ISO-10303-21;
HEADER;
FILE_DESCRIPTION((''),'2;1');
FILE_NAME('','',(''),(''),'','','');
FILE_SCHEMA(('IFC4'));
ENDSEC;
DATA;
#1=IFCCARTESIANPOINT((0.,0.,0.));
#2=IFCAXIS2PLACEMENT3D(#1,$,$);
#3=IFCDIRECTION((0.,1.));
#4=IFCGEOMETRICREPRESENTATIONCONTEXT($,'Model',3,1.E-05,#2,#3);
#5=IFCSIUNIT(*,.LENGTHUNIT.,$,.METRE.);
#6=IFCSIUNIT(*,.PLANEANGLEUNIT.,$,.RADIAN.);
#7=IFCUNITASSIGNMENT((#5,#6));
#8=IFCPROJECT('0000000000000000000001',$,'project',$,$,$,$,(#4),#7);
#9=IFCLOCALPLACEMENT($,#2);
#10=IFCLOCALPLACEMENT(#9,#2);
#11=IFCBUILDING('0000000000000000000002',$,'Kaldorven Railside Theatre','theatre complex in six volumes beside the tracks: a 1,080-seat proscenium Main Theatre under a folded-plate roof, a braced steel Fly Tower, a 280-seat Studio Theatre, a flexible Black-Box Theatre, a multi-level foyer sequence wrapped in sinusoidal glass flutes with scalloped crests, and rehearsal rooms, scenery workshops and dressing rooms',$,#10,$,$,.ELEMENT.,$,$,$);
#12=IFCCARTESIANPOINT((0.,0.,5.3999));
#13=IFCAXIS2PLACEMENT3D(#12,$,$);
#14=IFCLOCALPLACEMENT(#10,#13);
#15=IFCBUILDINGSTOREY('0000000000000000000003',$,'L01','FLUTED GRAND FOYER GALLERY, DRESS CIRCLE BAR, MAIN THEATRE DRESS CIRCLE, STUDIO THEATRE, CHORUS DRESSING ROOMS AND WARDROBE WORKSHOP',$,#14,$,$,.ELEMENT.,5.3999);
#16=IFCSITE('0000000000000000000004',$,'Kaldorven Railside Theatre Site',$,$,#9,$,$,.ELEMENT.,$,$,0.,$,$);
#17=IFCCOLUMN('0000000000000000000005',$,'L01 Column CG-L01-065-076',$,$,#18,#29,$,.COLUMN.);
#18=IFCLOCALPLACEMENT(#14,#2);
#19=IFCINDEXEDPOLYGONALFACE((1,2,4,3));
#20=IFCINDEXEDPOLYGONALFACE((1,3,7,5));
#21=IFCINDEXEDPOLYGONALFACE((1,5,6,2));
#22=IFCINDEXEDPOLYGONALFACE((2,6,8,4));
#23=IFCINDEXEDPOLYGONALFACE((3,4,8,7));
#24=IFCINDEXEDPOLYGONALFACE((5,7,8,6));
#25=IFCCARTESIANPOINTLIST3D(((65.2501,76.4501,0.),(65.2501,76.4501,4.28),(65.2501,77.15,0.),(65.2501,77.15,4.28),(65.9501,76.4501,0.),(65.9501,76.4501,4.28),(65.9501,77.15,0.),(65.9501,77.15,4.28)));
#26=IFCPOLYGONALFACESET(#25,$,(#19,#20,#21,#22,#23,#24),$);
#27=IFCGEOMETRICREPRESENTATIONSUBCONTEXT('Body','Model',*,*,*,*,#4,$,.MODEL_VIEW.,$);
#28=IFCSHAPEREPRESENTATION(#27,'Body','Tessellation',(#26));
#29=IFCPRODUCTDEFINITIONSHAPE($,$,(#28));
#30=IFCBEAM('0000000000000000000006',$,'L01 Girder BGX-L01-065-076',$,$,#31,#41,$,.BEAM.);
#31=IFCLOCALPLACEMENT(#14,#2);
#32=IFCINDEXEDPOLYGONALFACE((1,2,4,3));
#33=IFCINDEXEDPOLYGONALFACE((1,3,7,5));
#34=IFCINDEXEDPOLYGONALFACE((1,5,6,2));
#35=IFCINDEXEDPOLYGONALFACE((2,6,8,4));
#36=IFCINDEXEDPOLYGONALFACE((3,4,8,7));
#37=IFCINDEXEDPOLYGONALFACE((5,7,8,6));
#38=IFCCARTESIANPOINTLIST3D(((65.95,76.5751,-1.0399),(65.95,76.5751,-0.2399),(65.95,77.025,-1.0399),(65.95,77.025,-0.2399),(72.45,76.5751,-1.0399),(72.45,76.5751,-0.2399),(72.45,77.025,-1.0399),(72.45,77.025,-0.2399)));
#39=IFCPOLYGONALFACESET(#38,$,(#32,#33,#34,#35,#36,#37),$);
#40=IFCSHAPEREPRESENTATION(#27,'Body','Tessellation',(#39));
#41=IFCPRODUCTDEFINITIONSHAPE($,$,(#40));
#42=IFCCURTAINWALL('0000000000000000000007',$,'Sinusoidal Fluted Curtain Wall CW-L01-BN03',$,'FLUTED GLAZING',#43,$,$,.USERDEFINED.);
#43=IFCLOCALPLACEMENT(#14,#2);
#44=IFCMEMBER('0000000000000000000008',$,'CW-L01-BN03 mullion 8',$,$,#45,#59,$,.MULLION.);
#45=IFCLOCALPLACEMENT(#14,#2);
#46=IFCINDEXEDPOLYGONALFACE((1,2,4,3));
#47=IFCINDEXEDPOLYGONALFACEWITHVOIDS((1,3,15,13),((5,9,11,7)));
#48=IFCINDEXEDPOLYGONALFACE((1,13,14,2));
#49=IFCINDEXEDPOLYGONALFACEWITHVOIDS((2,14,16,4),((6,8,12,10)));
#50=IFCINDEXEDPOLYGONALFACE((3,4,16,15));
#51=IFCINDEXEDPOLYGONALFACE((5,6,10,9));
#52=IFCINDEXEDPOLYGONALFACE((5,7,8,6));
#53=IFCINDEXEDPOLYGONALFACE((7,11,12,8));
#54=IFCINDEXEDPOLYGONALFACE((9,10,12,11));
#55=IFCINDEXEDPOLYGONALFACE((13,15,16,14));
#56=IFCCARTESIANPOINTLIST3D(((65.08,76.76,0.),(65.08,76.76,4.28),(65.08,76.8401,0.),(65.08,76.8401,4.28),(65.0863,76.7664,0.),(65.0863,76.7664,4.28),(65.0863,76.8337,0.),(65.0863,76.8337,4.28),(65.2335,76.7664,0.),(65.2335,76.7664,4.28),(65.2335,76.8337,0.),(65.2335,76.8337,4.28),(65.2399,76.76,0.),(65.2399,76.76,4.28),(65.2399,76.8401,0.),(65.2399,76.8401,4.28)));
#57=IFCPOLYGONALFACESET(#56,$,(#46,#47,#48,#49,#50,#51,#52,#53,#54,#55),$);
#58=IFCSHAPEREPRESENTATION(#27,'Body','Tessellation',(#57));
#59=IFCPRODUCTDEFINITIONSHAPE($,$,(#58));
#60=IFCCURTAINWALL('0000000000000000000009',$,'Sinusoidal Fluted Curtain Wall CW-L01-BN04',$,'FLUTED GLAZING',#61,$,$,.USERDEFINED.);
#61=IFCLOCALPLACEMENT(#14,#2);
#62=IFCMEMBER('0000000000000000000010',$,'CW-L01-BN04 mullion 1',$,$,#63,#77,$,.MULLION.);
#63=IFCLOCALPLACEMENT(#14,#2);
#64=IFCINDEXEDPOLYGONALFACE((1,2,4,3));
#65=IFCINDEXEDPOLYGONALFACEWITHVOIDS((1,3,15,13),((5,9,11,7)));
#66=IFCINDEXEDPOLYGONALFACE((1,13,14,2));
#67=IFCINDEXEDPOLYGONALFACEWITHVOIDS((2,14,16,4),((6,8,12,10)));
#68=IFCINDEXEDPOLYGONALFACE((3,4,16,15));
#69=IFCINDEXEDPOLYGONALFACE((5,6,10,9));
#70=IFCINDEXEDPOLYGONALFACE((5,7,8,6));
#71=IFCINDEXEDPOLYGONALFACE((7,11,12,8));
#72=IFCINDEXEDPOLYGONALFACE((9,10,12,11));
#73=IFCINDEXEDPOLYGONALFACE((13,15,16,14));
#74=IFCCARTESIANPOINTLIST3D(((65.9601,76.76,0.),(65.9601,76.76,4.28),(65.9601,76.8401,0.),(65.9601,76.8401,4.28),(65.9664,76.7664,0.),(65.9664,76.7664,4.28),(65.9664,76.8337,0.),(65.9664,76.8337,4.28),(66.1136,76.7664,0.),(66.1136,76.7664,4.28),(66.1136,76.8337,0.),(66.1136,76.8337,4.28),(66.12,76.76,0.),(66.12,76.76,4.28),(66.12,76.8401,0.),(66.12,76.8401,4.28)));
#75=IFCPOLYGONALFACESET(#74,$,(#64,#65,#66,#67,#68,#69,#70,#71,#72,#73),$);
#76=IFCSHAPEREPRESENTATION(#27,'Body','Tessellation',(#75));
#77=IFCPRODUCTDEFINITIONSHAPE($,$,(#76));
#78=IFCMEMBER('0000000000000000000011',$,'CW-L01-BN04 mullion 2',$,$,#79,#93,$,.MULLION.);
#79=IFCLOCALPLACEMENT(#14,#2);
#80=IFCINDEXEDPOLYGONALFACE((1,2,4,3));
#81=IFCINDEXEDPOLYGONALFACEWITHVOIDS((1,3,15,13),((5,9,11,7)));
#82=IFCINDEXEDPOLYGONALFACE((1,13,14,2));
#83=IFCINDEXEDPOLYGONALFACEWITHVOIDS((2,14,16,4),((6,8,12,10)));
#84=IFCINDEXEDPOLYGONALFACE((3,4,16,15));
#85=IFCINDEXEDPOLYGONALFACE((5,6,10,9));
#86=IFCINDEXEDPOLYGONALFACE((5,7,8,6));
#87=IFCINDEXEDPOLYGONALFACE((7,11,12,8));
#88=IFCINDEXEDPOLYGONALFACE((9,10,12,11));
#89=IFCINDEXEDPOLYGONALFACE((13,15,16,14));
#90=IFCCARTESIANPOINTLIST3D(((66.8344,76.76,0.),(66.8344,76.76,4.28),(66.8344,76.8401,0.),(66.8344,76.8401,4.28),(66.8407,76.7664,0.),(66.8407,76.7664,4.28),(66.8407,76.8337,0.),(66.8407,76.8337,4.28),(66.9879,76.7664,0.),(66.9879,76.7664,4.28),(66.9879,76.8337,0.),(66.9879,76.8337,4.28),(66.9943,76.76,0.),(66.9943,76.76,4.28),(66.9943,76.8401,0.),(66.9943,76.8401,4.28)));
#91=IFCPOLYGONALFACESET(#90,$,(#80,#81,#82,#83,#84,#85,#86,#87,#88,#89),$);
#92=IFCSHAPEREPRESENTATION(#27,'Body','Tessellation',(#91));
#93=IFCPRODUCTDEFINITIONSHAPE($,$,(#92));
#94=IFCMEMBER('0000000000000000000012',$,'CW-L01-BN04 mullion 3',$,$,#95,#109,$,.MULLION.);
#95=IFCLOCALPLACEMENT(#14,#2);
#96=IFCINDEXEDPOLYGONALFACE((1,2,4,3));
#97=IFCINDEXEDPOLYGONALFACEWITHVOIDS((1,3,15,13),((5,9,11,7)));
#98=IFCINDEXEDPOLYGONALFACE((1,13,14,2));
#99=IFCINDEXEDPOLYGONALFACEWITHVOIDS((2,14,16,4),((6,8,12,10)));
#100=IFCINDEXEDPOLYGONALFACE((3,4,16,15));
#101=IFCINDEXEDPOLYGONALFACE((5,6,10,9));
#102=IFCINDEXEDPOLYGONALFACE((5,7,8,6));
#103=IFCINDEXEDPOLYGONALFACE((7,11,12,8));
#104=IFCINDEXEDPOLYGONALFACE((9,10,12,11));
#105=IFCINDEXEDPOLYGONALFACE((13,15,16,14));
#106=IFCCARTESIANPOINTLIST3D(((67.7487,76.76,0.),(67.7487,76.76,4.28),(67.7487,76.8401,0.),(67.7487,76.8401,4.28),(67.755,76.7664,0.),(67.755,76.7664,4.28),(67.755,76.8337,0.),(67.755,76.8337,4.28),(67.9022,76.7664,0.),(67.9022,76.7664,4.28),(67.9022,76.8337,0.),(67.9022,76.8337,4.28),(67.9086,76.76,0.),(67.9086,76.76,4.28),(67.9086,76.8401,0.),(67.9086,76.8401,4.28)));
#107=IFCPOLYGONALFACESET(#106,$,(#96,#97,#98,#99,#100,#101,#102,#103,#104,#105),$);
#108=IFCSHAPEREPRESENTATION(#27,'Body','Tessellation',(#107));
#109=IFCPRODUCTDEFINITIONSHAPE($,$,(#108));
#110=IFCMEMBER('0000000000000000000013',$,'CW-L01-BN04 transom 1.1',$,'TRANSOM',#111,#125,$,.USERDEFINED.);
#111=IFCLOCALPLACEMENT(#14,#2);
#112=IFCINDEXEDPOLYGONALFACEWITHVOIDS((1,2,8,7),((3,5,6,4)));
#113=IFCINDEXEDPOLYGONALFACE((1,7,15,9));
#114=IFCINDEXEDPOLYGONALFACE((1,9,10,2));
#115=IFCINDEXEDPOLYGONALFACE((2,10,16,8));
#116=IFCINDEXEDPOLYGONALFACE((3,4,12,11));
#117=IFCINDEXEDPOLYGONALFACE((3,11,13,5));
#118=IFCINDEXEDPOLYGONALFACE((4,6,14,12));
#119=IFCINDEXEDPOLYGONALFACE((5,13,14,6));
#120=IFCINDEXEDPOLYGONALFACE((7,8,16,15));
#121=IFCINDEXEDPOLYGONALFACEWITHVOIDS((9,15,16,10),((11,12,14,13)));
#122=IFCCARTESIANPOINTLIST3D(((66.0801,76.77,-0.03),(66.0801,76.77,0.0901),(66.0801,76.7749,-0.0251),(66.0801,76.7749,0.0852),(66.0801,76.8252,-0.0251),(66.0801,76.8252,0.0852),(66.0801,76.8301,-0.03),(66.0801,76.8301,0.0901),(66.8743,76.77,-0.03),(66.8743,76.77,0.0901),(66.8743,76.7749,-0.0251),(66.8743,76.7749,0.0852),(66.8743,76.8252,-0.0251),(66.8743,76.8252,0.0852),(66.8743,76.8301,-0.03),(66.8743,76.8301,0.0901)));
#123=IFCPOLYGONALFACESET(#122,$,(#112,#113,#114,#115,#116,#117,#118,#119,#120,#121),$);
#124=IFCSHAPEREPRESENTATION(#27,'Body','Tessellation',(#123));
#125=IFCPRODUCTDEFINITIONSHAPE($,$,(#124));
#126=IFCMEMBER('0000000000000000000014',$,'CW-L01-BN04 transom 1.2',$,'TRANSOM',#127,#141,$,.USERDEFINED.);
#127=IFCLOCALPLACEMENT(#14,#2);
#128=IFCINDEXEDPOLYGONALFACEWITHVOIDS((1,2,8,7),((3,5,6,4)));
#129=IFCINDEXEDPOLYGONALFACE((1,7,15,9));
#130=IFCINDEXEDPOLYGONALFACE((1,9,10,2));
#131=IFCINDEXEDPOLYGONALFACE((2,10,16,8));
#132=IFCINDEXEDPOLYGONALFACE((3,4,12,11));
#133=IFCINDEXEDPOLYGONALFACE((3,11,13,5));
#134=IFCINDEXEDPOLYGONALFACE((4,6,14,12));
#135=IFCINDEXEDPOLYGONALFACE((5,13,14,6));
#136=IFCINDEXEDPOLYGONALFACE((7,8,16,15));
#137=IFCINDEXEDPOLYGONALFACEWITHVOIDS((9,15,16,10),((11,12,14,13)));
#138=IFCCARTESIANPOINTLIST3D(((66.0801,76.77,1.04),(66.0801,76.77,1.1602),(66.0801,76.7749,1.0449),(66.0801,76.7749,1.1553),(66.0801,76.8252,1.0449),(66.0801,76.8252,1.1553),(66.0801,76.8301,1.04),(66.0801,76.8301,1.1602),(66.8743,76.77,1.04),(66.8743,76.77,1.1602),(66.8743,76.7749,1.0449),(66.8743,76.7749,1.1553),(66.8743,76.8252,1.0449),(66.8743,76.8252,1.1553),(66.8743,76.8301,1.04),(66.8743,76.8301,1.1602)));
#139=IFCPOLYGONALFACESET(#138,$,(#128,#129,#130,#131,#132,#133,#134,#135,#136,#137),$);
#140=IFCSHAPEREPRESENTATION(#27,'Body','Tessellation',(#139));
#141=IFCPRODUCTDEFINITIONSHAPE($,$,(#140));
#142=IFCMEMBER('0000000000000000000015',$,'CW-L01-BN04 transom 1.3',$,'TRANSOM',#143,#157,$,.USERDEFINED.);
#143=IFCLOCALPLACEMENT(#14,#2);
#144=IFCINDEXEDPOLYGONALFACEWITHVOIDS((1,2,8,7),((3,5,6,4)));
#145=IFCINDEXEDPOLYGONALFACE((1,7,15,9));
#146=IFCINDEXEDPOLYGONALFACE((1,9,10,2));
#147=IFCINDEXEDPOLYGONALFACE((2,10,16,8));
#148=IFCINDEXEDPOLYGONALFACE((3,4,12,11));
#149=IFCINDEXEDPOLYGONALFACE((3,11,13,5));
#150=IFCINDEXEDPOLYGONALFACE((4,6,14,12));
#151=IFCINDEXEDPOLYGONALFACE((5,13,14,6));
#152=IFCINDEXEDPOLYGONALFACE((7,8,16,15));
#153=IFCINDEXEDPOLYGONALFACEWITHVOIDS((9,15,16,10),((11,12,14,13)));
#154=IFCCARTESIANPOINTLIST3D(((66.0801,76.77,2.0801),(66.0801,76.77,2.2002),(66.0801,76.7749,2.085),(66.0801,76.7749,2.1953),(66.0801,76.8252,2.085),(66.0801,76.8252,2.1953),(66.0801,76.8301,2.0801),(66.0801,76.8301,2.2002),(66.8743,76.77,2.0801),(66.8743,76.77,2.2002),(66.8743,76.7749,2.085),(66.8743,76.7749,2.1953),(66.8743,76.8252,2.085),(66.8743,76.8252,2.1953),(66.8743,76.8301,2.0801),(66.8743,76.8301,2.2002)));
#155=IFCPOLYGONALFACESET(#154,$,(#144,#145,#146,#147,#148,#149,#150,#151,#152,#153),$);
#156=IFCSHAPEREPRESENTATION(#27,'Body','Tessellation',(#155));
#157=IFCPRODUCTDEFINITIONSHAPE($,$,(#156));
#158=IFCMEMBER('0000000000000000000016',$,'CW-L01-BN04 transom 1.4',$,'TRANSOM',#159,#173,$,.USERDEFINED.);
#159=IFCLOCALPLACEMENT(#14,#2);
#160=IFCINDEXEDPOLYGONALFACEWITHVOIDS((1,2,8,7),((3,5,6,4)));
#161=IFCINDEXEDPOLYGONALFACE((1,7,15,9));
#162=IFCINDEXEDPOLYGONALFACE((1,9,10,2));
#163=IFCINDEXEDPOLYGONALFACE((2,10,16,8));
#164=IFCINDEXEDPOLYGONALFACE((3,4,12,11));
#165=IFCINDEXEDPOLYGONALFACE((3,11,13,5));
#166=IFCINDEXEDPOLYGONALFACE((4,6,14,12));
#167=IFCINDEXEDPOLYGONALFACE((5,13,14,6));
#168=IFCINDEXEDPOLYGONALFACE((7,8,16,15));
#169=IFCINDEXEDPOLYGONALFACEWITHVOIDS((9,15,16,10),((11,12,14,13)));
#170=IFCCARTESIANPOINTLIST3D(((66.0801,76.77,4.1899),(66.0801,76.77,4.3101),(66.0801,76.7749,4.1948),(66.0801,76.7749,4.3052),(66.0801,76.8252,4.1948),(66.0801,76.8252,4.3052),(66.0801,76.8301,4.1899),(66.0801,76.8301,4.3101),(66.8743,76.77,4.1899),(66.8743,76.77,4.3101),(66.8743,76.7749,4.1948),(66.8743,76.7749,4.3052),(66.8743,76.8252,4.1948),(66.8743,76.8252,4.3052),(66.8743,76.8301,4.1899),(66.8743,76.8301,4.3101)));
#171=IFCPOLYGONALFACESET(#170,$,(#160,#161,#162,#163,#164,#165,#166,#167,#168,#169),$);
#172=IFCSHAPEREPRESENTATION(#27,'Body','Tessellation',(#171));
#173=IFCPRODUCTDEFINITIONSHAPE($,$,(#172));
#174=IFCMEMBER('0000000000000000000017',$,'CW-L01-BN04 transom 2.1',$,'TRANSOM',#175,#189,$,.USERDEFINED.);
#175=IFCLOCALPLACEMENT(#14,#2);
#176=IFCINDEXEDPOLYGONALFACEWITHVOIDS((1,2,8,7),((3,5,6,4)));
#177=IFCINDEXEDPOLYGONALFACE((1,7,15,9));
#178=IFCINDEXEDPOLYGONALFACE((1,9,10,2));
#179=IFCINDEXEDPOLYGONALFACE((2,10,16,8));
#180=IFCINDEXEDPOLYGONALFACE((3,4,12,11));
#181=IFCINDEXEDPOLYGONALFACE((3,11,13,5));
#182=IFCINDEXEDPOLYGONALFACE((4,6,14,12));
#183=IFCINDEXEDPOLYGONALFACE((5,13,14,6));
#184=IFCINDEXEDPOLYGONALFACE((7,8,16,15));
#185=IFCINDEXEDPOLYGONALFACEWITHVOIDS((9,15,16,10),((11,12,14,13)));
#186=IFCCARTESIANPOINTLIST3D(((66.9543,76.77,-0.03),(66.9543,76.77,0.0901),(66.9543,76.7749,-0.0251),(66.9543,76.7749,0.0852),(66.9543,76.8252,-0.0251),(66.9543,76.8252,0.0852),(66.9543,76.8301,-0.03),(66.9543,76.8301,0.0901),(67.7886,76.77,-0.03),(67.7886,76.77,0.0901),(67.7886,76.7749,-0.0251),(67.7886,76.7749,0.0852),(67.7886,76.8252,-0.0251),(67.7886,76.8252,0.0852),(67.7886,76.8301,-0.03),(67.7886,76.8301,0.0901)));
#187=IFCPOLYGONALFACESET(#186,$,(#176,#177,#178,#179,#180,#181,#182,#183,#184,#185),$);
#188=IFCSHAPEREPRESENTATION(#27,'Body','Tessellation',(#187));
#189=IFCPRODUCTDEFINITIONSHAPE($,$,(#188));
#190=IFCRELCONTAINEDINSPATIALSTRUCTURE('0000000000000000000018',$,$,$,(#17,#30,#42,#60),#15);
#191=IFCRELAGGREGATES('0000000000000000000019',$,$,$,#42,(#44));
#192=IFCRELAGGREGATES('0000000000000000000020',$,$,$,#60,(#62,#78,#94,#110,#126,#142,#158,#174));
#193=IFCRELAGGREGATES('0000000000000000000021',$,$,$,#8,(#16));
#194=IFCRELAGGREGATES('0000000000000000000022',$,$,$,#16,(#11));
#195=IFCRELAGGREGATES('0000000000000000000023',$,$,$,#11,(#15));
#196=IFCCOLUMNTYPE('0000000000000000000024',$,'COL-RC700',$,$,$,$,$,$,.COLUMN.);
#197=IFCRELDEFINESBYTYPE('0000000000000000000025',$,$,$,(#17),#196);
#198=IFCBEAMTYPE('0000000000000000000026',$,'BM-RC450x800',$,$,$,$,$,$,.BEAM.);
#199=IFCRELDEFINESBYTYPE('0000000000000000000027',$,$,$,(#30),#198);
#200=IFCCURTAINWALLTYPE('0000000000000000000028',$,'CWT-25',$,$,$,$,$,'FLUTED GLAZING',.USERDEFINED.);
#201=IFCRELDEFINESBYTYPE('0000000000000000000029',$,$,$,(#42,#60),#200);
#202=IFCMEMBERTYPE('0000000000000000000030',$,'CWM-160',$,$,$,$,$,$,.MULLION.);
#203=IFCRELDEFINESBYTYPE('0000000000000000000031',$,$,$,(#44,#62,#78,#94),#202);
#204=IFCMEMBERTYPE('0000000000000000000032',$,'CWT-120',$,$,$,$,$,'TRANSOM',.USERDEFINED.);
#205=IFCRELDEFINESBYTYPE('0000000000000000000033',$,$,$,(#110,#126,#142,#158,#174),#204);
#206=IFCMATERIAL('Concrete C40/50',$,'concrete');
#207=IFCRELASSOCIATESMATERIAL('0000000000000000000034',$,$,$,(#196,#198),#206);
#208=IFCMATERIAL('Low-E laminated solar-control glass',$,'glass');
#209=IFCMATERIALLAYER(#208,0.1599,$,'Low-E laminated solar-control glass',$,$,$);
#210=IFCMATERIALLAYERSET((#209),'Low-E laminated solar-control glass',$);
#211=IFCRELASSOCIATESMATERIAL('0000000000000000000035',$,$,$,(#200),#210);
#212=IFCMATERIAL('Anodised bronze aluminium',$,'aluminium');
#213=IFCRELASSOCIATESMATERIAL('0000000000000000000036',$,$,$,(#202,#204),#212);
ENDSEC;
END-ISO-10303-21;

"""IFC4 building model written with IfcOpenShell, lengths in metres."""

from ifc_helpers import new_model, si_unit, direction, frame, origin, origin_2d, place, context, subcontext, project, spatial, rectangle, hollow_rectangle, extrude, material, layer, layer_set, material_profile, profile_set, type_object, element, aggregate, save


model = new_model("IFC4")

# Units and contexts
model_context = context("Model", 3, precision=1e-05, world=origin(), true_north=direction((0.0, 1.0)))
body_context = subcontext(model_context, "Body", "Model", "MODEL_VIEW")
ifc_project = project(units=[si_unit("LENGTHUNIT", "METRE"), si_unit("PLANEANGLEUNIT", "RADIAN")], contexts=[model_context])

# Site, building, storey
site_placement = place(None, origin())
site = spatial("IfcSite", under=ifc_project, at=site_placement, Name="Kaldorven Railside Theatre Site", CompositionType="ELEMENT", RefElevation=0.0)
building_placement = place(site_placement, origin())
building = spatial("IfcBuilding", under=site, at=building_placement, Name="Kaldorven Railside Theatre", Description="theatre complex in six volumes beside the tracks: a 1,080-seat proscenium Main Theatre under a folded-plate roof, a braced steel Fly Tower, a 280-seat Studio Theatre, a flexible Black-Box Theatre, a multi-level foyer sequence wrapped in sinusoidal glass flutes with scalloped crests, and rehearsal rooms, scenery workshops and dressing rooms", CompositionType="ELEMENT")
storey_placement = place(building_placement, frame((0.0, 0.0, 5.3999)))
storey = spatial("IfcBuildingStorey", under=building, at=storey_placement, Name="L01", Description="FLUTED GRAND FOYER GALLERY, DRESS CIRCLE BAR, MAIN THEATRE DRESS CIRCLE, STUDIO THEATRE, CHORUS DRESSING ROOMS AND WARDROBE WORKSHOP", CompositionType="ELEMENT", Elevation=5.3999)

# Column
ifc_material_1 = material(Name="Concrete C40/50", Category="concrete")
ifc_material_profile_1 = material_profile(ifc_material_1, rectangle(XDim=0.7, YDim=0.7, at=origin_2d()), Name="RC 700x700")
ifc_profile_set_1 = profile_set([ifc_material_profile_1], Name="Concrete C40/50")
column_type = type_object("IfcColumnType", Name="COL-RC700", PredefinedType="COLUMN", material=ifc_profile_set_1)
column_placement = place(storey_placement, frame((65.6001, 76.8, 0.0), z_axis=(0.0, 0.0, 1.0), x_axis=(1.0, 0.0, 0.0)))
element("IfcColumn", 1, at=column_placement, inside=storey, type_object=column_type, Name="L01 Column CG-L01-065-076", PredefinedType="COLUMN", context=body_context, shape_type="SweptSolid", body=[
    extrude(rectangle(XDim=0.7, YDim=0.7, at=origin_2d()), origin(), (0.0, 0.0, 1.0), 4.28),
])

# Beam
ifc_material_profile_2 = material_profile(ifc_material_1, rectangle(XDim=0.45, YDim=0.8, at=origin_2d()), Name="RC 450x800")
ifc_profile_set_2 = profile_set([ifc_material_profile_2], Name="Concrete C40/50")
beam_type = type_object("IfcBeamType", Name="BM-RC450x800", PredefinedType="BEAM", material=ifc_profile_set_2)
beam_placement = place(storey_placement, frame((65.95, 76.8, -0.6399), z_axis=(1.0, 0.0, 0.0), x_axis=(0.0, 1.0, 0.0)))
element("IfcBeam", 2, at=beam_placement, inside=storey, type_object=beam_type, Name="L01 Girder BGX-L01-065-076", PredefinedType="BEAM", context=body_context, shape_type="SweptSolid", body=[
    extrude(rectangle(XDim=0.45, YDim=0.8, at=origin_2d()), origin(), (0.0, 0.0, 1.0), 6.5),
])

# Curtain wall, member
ifc_material_2 = material(Name="Low-E laminated solar-control glass", Category="glass")
ifc_layer_1 = layer(ifc_material_2, 0.1599, Name="Low-E laminated solar-control glass")
ifc_layer_set_1 = layer_set([ifc_layer_1], Name="Low-E laminated solar-control glass")
curtain_wall_type = type_object("IfcCurtainWallType", Name="CWT-25", ElementType="FLUTED GLAZING", PredefinedType="USERDEFINED", material=ifc_layer_set_1)
curtain_wall_1_placement = place(storey_placement, origin())
curtain_wall_1 = element("IfcCurtainWall", 3, at=curtain_wall_1_placement, inside=storey, type_object=curtain_wall_type, Name="Sinusoidal Fluted Curtain Wall CW-L01-BN03", ObjectType="FLUTED GLAZING", PredefinedType="USERDEFINED")
ifc_material_3 = material(Name="Anodised bronze aluminium", Category="aluminium")
ifc_material_profile_3 = material_profile(ifc_material_3, hollow_rectangle(XDim=0.0801, YDim=0.1599, WallThickness=0.0063, at=origin_2d()), Name="RHS 160x80x6.3")
ifc_profile_set_3 = profile_set([ifc_material_profile_3], Name="Anodised bronze aluminium")
member_type_1 = type_object("IfcMemberType", Name="CWM-160", PredefinedType="MULLION", material=ifc_profile_set_3)
member_1_placement = place(storey_placement, frame((65.1599, 76.8, 0.0), z_axis=(0.0, 0.0, 1.0), x_axis=(0.0, 1.0, 0.0)))
member_1 = element("IfcMember", 4, at=member_1_placement, type_object=member_type_1, Name="CW-L01-BN03 mullion 8", PredefinedType="MULLION", context=body_context, shape_type="SweptSolid", body=[
    extrude(hollow_rectangle(XDim=0.0801, YDim=0.1599, WallThickness=0.0063, at=origin_2d()), origin(), (0.0, 0.0, 1.0), 4.28),
])

# Curtain wall, members
curtain_wall_2_placement = place(storey_placement, origin())
curtain_wall_2 = element("IfcCurtainWall", 5, at=curtain_wall_2_placement, inside=storey, type_object=curtain_wall_type, Name="Sinusoidal Fluted Curtain Wall CW-L01-BN04", ObjectType="FLUTED GLAZING", PredefinedType="USERDEFINED")
member_2_placement = place(storey_placement, frame((66.04, 76.8, 0.0), z_axis=(0.0, 0.0, 1.0), x_axis=(0.0, 1.0, 0.0)))
member_2 = element("IfcMember", 6, at=member_2_placement, type_object=member_type_1, Name="CW-L01-BN04 mullion 1", PredefinedType="MULLION", context=body_context, shape_type="SweptSolid", body=[
    extrude(hollow_rectangle(XDim=0.0801, YDim=0.1599, WallThickness=0.0063, at=origin_2d()), origin(), (0.0, 0.0, 1.0), 4.28),
])
member_3_placement = place(storey_placement, frame((66.9143, 76.8, 0.0), z_axis=(0.0, 0.0, 1.0), x_axis=(0.0, 1.0, 0.0)))
member_3 = element("IfcMember", 7, at=member_3_placement, type_object=member_type_1, Name="CW-L01-BN04 mullion 2", PredefinedType="MULLION", context=body_context, shape_type="SweptSolid", body=[
    extrude(hollow_rectangle(XDim=0.0801, YDim=0.1599, WallThickness=0.0063, at=origin_2d()), origin(), (0.0, 0.0, 1.0), 4.28),
])
member_4_placement = place(storey_placement, frame((67.8286, 76.8, 0.0), z_axis=(0.0, 0.0, 1.0), x_axis=(0.0, 1.0, 0.0)))
member_4 = element("IfcMember", 8, at=member_4_placement, type_object=member_type_1, Name="CW-L01-BN04 mullion 3", PredefinedType="MULLION", context=body_context, shape_type="SweptSolid", body=[
    extrude(hollow_rectangle(XDim=0.0801, YDim=0.1599, WallThickness=0.0063, at=origin_2d()), origin(), (0.0, 0.0, 1.0), 4.28),
])
ifc_material_profile_4 = material_profile(ifc_material_3, hollow_rectangle(XDim=0.0601, YDim=0.1201, WallThickness=0.0049, at=origin_2d()), Name="RHS 120x60x5")
ifc_profile_set_4 = profile_set([ifc_material_profile_4], Name="Anodised bronze aluminium")
member_type_2 = type_object("IfcMemberType", Name="CWT-120", ElementType="TRANSOM", PredefinedType="USERDEFINED", material=ifc_profile_set_4)
member_5_placement = place(storey_placement, frame((66.0801, 76.8, 0.03), z_axis=(1.0, 0.0, 0.0), x_axis=(0.0, 1.0, 0.0)))
member_5 = element("IfcMember", 9, at=member_5_placement, type_object=member_type_2, Name="CW-L01-BN04 transom 1.1", ObjectType="TRANSOM", PredefinedType="USERDEFINED", context=body_context, shape_type="SweptSolid", body=[
    extrude(hollow_rectangle(XDim=0.0601, YDim=0.1201, WallThickness=0.0049, at=origin_2d()), origin(), (0.0, 0.0, 1.0), 0.7942),
])
member_6_placement = place(storey_placement, frame((66.0801, 76.8, 1.1001), z_axis=(1.0, 0.0, 0.0), x_axis=(0.0, 1.0, 0.0)))
member_6 = element("IfcMember", 10, at=member_6_placement, type_object=member_type_2, Name="CW-L01-BN04 transom 1.2", ObjectType="TRANSOM", PredefinedType="USERDEFINED", context=body_context, shape_type="SweptSolid", body=[
    extrude(hollow_rectangle(XDim=0.0601, YDim=0.1201, WallThickness=0.0049, at=origin_2d()), origin(), (0.0, 0.0, 1.0), 0.7942),
])
member_7_placement = place(storey_placement, frame((66.0801, 76.8, 2.1401), z_axis=(1.0, 0.0, 0.0), x_axis=(0.0, 1.0, 0.0)))
member_7 = element("IfcMember", 11, at=member_7_placement, type_object=member_type_2, Name="CW-L01-BN04 transom 1.3", ObjectType="TRANSOM", PredefinedType="USERDEFINED", context=body_context, shape_type="SweptSolid", body=[
    extrude(hollow_rectangle(XDim=0.0601, YDim=0.1201, WallThickness=0.0049, at=origin_2d()), origin(), (0.0, 0.0, 1.0), 0.7942),
])
member_8_placement = place(storey_placement, frame((66.0801, 76.8, 4.25), z_axis=(1.0, 0.0, 0.0), x_axis=(0.0, 1.0, 0.0)))
member_8 = element("IfcMember", 12, at=member_8_placement, type_object=member_type_2, Name="CW-L01-BN04 transom 1.4", ObjectType="TRANSOM", PredefinedType="USERDEFINED", context=body_context, shape_type="SweptSolid", body=[
    extrude(hollow_rectangle(XDim=0.0601, YDim=0.1201, WallThickness=0.0049, at=origin_2d()), origin(), (0.0, 0.0, 1.0), 0.7942),
])
member_9_placement = place(storey_placement, frame((66.9543, 76.8, 0.03), z_axis=(1.0, 0.0, 0.0), x_axis=(0.0, 1.0, 0.0)))
member_9 = element("IfcMember", 13, at=member_9_placement, type_object=member_type_2, Name="CW-L01-BN04 transom 2.1", ObjectType="TRANSOM", PredefinedType="USERDEFINED", context=body_context, shape_type="SweptSolid", body=[
    extrude(hollow_rectangle(XDim=0.0601, YDim=0.1201, WallThickness=0.0049, at=origin_2d()), origin(), (0.0, 0.0, 1.0), 0.8342),
])

aggregate(curtain_wall_1, [member_1])
aggregate(curtain_wall_2, [member_2, member_3, member_4, member_5, member_6, member_7, member_8, member_9])

save(model, "model.ifc")
